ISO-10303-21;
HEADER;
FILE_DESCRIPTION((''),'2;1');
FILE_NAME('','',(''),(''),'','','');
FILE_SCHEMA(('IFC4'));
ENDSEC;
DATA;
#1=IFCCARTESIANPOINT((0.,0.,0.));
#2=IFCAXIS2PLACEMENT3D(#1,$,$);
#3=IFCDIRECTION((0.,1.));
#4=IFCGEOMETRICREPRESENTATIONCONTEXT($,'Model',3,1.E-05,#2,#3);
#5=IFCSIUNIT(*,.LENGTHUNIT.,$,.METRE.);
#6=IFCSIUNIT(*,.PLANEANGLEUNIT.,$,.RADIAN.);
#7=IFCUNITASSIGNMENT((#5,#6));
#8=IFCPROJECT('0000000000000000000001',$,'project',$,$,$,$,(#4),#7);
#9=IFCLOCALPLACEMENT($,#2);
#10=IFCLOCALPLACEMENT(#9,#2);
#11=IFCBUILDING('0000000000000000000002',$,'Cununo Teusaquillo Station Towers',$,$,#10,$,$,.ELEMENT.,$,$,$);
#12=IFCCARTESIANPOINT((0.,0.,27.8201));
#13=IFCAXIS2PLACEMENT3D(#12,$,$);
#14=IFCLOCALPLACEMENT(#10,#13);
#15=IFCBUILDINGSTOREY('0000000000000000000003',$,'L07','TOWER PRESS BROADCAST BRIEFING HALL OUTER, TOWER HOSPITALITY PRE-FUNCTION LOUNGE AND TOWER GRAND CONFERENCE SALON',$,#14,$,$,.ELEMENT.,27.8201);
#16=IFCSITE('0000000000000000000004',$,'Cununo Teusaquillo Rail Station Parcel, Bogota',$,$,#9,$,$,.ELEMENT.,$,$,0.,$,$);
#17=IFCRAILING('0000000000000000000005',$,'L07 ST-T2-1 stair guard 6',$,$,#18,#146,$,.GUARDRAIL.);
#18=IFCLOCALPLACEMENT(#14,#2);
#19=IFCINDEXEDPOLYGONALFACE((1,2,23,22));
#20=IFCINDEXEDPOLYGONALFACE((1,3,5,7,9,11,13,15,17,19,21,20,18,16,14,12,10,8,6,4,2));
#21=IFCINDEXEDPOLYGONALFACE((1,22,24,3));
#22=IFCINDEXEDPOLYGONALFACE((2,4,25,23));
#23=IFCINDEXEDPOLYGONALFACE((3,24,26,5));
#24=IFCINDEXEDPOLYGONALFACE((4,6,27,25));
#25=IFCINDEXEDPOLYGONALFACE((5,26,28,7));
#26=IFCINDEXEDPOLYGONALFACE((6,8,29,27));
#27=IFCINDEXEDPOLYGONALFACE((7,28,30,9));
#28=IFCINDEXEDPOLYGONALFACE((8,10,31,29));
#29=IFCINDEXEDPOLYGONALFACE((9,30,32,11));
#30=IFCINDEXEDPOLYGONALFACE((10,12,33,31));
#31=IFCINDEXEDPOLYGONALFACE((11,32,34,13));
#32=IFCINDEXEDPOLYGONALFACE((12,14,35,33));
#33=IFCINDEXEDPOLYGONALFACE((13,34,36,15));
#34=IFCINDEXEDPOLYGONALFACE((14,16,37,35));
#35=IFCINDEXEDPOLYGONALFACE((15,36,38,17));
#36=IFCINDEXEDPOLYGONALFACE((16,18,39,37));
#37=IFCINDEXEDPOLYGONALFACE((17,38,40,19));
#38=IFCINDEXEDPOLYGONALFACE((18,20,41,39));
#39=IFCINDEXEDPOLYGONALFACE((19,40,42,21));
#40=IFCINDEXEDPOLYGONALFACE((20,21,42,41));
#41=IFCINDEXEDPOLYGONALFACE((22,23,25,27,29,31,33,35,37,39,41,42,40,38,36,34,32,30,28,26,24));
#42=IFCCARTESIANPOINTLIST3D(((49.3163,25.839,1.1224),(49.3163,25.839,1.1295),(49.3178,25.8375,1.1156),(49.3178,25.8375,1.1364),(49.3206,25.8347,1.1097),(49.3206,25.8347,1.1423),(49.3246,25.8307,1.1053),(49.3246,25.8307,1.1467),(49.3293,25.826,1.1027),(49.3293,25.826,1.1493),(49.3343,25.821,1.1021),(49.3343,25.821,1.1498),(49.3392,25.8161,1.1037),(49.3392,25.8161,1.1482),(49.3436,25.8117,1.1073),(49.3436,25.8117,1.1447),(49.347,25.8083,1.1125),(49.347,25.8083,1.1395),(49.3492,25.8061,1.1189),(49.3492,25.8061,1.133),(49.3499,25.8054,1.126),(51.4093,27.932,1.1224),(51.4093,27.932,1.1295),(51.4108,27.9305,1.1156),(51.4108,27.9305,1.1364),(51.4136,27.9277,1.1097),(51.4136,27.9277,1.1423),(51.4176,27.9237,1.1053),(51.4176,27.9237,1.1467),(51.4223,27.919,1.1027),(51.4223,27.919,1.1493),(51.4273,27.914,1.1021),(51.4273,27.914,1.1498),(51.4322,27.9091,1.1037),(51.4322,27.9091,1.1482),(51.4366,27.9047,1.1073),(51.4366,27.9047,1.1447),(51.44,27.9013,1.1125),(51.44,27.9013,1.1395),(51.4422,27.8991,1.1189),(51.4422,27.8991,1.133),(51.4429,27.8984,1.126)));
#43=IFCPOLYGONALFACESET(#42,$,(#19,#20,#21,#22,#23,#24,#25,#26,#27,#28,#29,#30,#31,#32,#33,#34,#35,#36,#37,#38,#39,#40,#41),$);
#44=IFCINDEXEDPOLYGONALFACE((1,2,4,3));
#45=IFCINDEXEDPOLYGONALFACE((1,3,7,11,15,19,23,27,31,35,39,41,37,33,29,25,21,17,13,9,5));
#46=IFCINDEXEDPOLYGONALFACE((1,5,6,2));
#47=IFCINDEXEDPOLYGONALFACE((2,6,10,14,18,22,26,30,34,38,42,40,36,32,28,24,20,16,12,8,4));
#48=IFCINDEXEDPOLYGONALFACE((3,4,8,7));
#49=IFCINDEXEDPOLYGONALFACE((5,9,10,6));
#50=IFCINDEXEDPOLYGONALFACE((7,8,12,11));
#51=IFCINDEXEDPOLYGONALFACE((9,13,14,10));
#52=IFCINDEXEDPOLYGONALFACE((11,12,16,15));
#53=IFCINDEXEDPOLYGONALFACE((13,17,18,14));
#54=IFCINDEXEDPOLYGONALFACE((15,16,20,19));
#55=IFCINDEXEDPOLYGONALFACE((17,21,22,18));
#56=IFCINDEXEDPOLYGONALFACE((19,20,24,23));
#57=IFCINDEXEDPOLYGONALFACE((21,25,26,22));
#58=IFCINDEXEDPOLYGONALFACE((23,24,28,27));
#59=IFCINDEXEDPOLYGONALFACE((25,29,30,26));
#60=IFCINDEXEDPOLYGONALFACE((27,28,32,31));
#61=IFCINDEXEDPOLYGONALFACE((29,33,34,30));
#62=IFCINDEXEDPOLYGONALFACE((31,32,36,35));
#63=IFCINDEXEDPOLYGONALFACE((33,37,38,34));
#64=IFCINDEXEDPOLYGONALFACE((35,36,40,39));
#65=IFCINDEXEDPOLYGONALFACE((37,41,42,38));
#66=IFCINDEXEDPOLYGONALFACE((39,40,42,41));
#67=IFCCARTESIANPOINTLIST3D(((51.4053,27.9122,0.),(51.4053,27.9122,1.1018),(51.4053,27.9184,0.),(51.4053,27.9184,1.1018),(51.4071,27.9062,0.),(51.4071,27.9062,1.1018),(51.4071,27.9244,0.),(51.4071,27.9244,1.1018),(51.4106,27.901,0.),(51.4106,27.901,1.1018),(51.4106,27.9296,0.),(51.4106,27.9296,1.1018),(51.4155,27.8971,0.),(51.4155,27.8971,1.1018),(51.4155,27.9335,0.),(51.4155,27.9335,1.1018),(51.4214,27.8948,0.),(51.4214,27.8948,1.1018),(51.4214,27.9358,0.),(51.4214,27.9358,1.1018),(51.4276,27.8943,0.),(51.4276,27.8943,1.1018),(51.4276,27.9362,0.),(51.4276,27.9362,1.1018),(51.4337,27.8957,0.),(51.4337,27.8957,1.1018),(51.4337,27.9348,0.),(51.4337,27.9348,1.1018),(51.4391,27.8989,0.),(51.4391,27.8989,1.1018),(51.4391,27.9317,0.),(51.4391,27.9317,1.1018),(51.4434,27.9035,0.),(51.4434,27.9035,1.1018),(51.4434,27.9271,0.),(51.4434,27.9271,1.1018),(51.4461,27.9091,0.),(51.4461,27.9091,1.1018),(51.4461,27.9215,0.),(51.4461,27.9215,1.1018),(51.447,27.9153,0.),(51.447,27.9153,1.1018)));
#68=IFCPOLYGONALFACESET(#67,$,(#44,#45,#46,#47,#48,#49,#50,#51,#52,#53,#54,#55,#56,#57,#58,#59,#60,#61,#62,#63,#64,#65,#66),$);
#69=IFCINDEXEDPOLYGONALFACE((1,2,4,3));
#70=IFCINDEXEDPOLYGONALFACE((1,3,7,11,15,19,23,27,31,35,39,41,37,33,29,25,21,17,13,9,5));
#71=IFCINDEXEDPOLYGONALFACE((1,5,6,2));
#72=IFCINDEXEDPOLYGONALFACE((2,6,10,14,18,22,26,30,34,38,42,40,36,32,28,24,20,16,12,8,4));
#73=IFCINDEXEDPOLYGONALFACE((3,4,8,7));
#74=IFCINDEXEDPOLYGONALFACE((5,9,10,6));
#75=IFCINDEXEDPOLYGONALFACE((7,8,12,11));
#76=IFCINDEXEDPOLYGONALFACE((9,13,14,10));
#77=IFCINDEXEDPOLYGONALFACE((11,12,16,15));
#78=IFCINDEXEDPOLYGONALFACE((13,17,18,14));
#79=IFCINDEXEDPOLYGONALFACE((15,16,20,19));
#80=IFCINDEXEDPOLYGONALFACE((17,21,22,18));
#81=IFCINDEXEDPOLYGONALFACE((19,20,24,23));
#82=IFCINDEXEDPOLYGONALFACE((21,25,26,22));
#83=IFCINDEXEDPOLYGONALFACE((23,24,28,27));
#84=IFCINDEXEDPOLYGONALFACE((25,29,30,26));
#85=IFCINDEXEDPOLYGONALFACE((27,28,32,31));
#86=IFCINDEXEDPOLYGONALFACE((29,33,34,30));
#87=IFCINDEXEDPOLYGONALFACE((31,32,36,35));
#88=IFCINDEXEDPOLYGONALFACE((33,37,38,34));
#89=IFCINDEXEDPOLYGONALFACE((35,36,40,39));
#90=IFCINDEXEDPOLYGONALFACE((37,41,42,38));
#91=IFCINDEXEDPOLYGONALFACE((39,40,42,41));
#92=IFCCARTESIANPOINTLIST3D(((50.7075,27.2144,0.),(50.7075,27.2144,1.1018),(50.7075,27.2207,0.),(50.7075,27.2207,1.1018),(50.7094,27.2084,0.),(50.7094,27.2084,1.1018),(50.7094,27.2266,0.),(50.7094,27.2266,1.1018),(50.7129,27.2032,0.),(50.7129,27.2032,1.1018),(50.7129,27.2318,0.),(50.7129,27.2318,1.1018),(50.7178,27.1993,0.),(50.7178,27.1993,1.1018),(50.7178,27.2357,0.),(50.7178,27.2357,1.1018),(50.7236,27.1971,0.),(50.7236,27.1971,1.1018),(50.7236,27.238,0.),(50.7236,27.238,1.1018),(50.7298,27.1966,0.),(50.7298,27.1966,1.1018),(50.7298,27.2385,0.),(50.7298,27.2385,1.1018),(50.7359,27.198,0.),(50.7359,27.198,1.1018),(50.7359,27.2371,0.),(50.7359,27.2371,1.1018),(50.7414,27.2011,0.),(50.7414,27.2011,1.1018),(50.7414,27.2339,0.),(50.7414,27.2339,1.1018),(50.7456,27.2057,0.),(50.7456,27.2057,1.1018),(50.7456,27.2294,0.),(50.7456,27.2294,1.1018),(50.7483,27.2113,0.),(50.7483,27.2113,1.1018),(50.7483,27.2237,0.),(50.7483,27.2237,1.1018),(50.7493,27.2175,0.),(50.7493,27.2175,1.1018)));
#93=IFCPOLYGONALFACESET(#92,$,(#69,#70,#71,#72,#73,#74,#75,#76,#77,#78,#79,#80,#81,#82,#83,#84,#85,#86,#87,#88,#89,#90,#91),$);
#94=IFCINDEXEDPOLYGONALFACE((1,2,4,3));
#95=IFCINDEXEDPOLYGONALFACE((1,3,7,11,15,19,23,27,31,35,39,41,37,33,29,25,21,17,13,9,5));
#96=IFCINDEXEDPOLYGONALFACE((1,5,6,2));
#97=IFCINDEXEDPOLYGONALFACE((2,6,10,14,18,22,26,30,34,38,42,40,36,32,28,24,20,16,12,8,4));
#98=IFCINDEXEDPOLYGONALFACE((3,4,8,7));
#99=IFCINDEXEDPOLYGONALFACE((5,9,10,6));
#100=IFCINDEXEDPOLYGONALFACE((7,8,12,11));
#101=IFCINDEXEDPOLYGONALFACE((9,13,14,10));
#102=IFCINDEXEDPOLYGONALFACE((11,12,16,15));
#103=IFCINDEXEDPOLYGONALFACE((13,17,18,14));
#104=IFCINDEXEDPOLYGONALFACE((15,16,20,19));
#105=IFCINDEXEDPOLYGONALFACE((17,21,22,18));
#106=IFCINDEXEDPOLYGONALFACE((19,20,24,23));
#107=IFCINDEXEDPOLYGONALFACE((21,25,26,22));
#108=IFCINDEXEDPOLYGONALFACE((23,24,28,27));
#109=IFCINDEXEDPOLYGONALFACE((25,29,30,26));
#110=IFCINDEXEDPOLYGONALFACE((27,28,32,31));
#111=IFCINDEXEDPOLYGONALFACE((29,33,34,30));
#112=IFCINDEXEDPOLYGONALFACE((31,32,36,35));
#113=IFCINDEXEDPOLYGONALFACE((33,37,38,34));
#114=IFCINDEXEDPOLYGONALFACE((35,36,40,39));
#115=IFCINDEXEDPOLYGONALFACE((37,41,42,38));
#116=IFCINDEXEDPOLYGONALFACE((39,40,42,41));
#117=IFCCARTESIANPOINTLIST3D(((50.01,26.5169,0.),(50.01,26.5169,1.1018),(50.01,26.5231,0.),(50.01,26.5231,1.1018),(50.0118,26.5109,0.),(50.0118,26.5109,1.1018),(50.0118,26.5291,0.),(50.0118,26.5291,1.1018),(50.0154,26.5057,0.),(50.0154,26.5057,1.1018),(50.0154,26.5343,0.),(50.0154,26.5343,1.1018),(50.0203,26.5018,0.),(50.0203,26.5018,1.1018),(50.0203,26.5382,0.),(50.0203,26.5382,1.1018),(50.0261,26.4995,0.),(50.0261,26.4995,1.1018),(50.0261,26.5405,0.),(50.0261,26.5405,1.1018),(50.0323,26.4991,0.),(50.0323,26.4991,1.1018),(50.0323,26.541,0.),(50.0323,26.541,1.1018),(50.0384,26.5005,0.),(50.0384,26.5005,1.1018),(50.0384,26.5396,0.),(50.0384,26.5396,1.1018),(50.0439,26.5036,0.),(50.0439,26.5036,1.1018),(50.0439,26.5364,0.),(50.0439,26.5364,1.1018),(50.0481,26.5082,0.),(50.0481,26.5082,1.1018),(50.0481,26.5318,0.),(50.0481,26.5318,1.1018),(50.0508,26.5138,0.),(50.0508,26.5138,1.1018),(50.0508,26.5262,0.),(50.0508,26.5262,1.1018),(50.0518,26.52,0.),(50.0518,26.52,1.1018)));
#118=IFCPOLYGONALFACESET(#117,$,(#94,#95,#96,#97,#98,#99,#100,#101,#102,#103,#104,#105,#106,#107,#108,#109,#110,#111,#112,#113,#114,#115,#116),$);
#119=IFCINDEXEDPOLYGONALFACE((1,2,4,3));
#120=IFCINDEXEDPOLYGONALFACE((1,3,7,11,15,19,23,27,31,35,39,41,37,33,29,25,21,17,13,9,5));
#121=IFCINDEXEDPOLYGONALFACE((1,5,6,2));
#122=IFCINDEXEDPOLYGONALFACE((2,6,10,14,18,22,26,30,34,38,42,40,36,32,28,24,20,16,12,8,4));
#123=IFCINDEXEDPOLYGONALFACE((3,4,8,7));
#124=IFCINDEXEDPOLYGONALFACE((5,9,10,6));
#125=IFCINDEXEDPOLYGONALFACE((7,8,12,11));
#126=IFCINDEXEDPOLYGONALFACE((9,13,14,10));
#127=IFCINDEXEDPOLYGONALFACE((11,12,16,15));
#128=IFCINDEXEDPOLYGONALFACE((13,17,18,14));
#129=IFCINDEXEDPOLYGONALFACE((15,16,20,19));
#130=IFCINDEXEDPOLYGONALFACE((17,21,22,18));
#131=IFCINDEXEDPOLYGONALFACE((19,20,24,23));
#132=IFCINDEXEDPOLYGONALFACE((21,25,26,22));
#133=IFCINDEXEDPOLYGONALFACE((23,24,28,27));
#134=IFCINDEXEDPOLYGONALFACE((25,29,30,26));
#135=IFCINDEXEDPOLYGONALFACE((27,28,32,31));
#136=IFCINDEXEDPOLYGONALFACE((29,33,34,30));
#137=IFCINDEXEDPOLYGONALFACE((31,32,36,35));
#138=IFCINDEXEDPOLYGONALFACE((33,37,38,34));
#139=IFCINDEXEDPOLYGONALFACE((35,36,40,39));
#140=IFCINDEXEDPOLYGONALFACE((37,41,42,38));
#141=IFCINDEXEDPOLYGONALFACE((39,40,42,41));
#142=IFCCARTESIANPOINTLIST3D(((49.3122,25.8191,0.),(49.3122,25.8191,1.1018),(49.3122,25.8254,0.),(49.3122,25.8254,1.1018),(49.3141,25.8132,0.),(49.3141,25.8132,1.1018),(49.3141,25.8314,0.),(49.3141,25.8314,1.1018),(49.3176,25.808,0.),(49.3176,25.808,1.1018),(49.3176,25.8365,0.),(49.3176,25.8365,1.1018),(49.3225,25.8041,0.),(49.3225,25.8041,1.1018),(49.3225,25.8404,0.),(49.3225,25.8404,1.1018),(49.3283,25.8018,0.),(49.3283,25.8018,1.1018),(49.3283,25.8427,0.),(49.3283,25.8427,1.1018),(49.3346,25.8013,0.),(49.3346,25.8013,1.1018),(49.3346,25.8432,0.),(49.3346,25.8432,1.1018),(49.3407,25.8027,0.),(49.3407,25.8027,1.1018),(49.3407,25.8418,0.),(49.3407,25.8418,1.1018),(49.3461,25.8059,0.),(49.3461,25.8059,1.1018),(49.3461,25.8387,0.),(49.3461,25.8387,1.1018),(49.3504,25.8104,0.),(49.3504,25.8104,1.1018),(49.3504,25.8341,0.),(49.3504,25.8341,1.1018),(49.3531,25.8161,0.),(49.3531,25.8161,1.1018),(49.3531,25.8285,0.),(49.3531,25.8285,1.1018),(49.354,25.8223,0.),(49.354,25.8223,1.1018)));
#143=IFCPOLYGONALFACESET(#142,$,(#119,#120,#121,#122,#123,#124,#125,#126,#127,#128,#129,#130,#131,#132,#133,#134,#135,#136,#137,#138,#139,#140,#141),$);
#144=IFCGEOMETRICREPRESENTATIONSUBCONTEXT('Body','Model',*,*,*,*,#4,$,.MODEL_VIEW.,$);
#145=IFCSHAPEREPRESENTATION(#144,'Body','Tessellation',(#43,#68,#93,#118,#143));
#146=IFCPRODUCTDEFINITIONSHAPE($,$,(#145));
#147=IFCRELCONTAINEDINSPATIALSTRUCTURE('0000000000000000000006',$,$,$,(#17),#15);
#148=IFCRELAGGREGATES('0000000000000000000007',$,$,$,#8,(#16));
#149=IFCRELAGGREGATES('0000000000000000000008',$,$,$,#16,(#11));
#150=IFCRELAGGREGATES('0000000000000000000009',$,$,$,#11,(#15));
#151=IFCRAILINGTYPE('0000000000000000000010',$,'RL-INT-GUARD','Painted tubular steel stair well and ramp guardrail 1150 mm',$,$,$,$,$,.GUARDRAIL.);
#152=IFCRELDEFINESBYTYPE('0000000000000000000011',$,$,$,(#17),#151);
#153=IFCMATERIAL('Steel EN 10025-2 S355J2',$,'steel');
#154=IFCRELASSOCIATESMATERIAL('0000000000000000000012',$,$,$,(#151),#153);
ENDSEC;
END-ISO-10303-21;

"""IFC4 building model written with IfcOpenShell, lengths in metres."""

from ifc_helpers import new_model, si_unit, direction, frame, origin, origin_2d, place, context, subcontext, project, spatial, circle, extrude, material, type_object, element, save


model = new_model("IFC4")

# Units and contexts
model_context = context("Model", 3, precision=1e-05, world=origin(), true_north=direction((0.0, 1.0)))
body_context = subcontext(model_context, "Body", "Model", "MODEL_VIEW")
ifc_project = project(units=[si_unit("LENGTHUNIT", "METRE"), si_unit("PLANEANGLEUNIT", "RADIAN")], contexts=[model_context])

# Site, building, storey
site_placement = place(None, origin())
site = spatial("IfcSite", under=ifc_project, at=site_placement, Name="Cununo Teusaquillo Rail Station Parcel, Bogota", CompositionType="ELEMENT", RefElevation=0.0)
building_placement = place(site_placement, origin())
building = spatial("IfcBuilding", under=site, at=building_placement, Name="Cununo Teusaquillo Station Towers", CompositionType="ELEMENT")
storey_placement = place(building_placement, frame((0.0, 0.0, 27.8201)))
storey = spatial("IfcBuildingStorey", under=building, at=storey_placement, Name="L07", Description="TOWER PRESS BROADCAST BRIEFING HALL OUTER, TOWER HOSPITALITY PRE-FUNCTION LOUNGE AND TOWER GRAND CONFERENCE SALON", CompositionType="ELEMENT", Elevation=27.8201)

# Railing
ifc_material_1 = material(Name="Steel EN 10025-2 S355J2", Category="steel")
railing_type = type_object("IfcRailingType", Name="RL-INT-GUARD", Description="Painted tubular steel stair well and ramp guardrail 1150 mm", PredefinedType="GUARDRAIL", material=ifc_material_1)
railing_1_placement = place(storey_placement, frame((51.426, 27.9153, 0.0)))
element("IfcRailing", 1, at=railing_1_placement, inside=storey, type_object=railing_type, Name="L07 ST-T2-1 stair guard 6", PredefinedType="GUARDRAIL", context=body_context, shape_type="SweptSolid", body=[
    extrude(circle(Radius=0.0239, at=origin_2d()), frame((0.0, 0.0, 1.126), z_axis=(-0.707107, -0.707107, 0.0), x_axis=(0.707107, -0.707107, 0.0)), (0.0, 0.0, 1.0), 2.96),
    extrude(circle(Radius=0.021, at=origin_2d()), origin(), (0.0, 0.0, 1.0), 1.1018),
    extrude(circle(Radius=0.021, at=origin_2d()), frame((-0.6978, -0.6978, 0.0)), (0.0, 0.0, 1.0), 1.1018),
    extrude(circle(Radius=0.021, at=origin_2d()), frame((-1.3953, -1.3953, 0.0)), (0.0, 0.0, 1.0), 1.1018),
    extrude(circle(Radius=0.021, at=origin_2d()), frame((-2.093, -2.093, 0.0)), (0.0, 0.0, 1.0), 1.1018),
])

save(model, "model.ifc")
